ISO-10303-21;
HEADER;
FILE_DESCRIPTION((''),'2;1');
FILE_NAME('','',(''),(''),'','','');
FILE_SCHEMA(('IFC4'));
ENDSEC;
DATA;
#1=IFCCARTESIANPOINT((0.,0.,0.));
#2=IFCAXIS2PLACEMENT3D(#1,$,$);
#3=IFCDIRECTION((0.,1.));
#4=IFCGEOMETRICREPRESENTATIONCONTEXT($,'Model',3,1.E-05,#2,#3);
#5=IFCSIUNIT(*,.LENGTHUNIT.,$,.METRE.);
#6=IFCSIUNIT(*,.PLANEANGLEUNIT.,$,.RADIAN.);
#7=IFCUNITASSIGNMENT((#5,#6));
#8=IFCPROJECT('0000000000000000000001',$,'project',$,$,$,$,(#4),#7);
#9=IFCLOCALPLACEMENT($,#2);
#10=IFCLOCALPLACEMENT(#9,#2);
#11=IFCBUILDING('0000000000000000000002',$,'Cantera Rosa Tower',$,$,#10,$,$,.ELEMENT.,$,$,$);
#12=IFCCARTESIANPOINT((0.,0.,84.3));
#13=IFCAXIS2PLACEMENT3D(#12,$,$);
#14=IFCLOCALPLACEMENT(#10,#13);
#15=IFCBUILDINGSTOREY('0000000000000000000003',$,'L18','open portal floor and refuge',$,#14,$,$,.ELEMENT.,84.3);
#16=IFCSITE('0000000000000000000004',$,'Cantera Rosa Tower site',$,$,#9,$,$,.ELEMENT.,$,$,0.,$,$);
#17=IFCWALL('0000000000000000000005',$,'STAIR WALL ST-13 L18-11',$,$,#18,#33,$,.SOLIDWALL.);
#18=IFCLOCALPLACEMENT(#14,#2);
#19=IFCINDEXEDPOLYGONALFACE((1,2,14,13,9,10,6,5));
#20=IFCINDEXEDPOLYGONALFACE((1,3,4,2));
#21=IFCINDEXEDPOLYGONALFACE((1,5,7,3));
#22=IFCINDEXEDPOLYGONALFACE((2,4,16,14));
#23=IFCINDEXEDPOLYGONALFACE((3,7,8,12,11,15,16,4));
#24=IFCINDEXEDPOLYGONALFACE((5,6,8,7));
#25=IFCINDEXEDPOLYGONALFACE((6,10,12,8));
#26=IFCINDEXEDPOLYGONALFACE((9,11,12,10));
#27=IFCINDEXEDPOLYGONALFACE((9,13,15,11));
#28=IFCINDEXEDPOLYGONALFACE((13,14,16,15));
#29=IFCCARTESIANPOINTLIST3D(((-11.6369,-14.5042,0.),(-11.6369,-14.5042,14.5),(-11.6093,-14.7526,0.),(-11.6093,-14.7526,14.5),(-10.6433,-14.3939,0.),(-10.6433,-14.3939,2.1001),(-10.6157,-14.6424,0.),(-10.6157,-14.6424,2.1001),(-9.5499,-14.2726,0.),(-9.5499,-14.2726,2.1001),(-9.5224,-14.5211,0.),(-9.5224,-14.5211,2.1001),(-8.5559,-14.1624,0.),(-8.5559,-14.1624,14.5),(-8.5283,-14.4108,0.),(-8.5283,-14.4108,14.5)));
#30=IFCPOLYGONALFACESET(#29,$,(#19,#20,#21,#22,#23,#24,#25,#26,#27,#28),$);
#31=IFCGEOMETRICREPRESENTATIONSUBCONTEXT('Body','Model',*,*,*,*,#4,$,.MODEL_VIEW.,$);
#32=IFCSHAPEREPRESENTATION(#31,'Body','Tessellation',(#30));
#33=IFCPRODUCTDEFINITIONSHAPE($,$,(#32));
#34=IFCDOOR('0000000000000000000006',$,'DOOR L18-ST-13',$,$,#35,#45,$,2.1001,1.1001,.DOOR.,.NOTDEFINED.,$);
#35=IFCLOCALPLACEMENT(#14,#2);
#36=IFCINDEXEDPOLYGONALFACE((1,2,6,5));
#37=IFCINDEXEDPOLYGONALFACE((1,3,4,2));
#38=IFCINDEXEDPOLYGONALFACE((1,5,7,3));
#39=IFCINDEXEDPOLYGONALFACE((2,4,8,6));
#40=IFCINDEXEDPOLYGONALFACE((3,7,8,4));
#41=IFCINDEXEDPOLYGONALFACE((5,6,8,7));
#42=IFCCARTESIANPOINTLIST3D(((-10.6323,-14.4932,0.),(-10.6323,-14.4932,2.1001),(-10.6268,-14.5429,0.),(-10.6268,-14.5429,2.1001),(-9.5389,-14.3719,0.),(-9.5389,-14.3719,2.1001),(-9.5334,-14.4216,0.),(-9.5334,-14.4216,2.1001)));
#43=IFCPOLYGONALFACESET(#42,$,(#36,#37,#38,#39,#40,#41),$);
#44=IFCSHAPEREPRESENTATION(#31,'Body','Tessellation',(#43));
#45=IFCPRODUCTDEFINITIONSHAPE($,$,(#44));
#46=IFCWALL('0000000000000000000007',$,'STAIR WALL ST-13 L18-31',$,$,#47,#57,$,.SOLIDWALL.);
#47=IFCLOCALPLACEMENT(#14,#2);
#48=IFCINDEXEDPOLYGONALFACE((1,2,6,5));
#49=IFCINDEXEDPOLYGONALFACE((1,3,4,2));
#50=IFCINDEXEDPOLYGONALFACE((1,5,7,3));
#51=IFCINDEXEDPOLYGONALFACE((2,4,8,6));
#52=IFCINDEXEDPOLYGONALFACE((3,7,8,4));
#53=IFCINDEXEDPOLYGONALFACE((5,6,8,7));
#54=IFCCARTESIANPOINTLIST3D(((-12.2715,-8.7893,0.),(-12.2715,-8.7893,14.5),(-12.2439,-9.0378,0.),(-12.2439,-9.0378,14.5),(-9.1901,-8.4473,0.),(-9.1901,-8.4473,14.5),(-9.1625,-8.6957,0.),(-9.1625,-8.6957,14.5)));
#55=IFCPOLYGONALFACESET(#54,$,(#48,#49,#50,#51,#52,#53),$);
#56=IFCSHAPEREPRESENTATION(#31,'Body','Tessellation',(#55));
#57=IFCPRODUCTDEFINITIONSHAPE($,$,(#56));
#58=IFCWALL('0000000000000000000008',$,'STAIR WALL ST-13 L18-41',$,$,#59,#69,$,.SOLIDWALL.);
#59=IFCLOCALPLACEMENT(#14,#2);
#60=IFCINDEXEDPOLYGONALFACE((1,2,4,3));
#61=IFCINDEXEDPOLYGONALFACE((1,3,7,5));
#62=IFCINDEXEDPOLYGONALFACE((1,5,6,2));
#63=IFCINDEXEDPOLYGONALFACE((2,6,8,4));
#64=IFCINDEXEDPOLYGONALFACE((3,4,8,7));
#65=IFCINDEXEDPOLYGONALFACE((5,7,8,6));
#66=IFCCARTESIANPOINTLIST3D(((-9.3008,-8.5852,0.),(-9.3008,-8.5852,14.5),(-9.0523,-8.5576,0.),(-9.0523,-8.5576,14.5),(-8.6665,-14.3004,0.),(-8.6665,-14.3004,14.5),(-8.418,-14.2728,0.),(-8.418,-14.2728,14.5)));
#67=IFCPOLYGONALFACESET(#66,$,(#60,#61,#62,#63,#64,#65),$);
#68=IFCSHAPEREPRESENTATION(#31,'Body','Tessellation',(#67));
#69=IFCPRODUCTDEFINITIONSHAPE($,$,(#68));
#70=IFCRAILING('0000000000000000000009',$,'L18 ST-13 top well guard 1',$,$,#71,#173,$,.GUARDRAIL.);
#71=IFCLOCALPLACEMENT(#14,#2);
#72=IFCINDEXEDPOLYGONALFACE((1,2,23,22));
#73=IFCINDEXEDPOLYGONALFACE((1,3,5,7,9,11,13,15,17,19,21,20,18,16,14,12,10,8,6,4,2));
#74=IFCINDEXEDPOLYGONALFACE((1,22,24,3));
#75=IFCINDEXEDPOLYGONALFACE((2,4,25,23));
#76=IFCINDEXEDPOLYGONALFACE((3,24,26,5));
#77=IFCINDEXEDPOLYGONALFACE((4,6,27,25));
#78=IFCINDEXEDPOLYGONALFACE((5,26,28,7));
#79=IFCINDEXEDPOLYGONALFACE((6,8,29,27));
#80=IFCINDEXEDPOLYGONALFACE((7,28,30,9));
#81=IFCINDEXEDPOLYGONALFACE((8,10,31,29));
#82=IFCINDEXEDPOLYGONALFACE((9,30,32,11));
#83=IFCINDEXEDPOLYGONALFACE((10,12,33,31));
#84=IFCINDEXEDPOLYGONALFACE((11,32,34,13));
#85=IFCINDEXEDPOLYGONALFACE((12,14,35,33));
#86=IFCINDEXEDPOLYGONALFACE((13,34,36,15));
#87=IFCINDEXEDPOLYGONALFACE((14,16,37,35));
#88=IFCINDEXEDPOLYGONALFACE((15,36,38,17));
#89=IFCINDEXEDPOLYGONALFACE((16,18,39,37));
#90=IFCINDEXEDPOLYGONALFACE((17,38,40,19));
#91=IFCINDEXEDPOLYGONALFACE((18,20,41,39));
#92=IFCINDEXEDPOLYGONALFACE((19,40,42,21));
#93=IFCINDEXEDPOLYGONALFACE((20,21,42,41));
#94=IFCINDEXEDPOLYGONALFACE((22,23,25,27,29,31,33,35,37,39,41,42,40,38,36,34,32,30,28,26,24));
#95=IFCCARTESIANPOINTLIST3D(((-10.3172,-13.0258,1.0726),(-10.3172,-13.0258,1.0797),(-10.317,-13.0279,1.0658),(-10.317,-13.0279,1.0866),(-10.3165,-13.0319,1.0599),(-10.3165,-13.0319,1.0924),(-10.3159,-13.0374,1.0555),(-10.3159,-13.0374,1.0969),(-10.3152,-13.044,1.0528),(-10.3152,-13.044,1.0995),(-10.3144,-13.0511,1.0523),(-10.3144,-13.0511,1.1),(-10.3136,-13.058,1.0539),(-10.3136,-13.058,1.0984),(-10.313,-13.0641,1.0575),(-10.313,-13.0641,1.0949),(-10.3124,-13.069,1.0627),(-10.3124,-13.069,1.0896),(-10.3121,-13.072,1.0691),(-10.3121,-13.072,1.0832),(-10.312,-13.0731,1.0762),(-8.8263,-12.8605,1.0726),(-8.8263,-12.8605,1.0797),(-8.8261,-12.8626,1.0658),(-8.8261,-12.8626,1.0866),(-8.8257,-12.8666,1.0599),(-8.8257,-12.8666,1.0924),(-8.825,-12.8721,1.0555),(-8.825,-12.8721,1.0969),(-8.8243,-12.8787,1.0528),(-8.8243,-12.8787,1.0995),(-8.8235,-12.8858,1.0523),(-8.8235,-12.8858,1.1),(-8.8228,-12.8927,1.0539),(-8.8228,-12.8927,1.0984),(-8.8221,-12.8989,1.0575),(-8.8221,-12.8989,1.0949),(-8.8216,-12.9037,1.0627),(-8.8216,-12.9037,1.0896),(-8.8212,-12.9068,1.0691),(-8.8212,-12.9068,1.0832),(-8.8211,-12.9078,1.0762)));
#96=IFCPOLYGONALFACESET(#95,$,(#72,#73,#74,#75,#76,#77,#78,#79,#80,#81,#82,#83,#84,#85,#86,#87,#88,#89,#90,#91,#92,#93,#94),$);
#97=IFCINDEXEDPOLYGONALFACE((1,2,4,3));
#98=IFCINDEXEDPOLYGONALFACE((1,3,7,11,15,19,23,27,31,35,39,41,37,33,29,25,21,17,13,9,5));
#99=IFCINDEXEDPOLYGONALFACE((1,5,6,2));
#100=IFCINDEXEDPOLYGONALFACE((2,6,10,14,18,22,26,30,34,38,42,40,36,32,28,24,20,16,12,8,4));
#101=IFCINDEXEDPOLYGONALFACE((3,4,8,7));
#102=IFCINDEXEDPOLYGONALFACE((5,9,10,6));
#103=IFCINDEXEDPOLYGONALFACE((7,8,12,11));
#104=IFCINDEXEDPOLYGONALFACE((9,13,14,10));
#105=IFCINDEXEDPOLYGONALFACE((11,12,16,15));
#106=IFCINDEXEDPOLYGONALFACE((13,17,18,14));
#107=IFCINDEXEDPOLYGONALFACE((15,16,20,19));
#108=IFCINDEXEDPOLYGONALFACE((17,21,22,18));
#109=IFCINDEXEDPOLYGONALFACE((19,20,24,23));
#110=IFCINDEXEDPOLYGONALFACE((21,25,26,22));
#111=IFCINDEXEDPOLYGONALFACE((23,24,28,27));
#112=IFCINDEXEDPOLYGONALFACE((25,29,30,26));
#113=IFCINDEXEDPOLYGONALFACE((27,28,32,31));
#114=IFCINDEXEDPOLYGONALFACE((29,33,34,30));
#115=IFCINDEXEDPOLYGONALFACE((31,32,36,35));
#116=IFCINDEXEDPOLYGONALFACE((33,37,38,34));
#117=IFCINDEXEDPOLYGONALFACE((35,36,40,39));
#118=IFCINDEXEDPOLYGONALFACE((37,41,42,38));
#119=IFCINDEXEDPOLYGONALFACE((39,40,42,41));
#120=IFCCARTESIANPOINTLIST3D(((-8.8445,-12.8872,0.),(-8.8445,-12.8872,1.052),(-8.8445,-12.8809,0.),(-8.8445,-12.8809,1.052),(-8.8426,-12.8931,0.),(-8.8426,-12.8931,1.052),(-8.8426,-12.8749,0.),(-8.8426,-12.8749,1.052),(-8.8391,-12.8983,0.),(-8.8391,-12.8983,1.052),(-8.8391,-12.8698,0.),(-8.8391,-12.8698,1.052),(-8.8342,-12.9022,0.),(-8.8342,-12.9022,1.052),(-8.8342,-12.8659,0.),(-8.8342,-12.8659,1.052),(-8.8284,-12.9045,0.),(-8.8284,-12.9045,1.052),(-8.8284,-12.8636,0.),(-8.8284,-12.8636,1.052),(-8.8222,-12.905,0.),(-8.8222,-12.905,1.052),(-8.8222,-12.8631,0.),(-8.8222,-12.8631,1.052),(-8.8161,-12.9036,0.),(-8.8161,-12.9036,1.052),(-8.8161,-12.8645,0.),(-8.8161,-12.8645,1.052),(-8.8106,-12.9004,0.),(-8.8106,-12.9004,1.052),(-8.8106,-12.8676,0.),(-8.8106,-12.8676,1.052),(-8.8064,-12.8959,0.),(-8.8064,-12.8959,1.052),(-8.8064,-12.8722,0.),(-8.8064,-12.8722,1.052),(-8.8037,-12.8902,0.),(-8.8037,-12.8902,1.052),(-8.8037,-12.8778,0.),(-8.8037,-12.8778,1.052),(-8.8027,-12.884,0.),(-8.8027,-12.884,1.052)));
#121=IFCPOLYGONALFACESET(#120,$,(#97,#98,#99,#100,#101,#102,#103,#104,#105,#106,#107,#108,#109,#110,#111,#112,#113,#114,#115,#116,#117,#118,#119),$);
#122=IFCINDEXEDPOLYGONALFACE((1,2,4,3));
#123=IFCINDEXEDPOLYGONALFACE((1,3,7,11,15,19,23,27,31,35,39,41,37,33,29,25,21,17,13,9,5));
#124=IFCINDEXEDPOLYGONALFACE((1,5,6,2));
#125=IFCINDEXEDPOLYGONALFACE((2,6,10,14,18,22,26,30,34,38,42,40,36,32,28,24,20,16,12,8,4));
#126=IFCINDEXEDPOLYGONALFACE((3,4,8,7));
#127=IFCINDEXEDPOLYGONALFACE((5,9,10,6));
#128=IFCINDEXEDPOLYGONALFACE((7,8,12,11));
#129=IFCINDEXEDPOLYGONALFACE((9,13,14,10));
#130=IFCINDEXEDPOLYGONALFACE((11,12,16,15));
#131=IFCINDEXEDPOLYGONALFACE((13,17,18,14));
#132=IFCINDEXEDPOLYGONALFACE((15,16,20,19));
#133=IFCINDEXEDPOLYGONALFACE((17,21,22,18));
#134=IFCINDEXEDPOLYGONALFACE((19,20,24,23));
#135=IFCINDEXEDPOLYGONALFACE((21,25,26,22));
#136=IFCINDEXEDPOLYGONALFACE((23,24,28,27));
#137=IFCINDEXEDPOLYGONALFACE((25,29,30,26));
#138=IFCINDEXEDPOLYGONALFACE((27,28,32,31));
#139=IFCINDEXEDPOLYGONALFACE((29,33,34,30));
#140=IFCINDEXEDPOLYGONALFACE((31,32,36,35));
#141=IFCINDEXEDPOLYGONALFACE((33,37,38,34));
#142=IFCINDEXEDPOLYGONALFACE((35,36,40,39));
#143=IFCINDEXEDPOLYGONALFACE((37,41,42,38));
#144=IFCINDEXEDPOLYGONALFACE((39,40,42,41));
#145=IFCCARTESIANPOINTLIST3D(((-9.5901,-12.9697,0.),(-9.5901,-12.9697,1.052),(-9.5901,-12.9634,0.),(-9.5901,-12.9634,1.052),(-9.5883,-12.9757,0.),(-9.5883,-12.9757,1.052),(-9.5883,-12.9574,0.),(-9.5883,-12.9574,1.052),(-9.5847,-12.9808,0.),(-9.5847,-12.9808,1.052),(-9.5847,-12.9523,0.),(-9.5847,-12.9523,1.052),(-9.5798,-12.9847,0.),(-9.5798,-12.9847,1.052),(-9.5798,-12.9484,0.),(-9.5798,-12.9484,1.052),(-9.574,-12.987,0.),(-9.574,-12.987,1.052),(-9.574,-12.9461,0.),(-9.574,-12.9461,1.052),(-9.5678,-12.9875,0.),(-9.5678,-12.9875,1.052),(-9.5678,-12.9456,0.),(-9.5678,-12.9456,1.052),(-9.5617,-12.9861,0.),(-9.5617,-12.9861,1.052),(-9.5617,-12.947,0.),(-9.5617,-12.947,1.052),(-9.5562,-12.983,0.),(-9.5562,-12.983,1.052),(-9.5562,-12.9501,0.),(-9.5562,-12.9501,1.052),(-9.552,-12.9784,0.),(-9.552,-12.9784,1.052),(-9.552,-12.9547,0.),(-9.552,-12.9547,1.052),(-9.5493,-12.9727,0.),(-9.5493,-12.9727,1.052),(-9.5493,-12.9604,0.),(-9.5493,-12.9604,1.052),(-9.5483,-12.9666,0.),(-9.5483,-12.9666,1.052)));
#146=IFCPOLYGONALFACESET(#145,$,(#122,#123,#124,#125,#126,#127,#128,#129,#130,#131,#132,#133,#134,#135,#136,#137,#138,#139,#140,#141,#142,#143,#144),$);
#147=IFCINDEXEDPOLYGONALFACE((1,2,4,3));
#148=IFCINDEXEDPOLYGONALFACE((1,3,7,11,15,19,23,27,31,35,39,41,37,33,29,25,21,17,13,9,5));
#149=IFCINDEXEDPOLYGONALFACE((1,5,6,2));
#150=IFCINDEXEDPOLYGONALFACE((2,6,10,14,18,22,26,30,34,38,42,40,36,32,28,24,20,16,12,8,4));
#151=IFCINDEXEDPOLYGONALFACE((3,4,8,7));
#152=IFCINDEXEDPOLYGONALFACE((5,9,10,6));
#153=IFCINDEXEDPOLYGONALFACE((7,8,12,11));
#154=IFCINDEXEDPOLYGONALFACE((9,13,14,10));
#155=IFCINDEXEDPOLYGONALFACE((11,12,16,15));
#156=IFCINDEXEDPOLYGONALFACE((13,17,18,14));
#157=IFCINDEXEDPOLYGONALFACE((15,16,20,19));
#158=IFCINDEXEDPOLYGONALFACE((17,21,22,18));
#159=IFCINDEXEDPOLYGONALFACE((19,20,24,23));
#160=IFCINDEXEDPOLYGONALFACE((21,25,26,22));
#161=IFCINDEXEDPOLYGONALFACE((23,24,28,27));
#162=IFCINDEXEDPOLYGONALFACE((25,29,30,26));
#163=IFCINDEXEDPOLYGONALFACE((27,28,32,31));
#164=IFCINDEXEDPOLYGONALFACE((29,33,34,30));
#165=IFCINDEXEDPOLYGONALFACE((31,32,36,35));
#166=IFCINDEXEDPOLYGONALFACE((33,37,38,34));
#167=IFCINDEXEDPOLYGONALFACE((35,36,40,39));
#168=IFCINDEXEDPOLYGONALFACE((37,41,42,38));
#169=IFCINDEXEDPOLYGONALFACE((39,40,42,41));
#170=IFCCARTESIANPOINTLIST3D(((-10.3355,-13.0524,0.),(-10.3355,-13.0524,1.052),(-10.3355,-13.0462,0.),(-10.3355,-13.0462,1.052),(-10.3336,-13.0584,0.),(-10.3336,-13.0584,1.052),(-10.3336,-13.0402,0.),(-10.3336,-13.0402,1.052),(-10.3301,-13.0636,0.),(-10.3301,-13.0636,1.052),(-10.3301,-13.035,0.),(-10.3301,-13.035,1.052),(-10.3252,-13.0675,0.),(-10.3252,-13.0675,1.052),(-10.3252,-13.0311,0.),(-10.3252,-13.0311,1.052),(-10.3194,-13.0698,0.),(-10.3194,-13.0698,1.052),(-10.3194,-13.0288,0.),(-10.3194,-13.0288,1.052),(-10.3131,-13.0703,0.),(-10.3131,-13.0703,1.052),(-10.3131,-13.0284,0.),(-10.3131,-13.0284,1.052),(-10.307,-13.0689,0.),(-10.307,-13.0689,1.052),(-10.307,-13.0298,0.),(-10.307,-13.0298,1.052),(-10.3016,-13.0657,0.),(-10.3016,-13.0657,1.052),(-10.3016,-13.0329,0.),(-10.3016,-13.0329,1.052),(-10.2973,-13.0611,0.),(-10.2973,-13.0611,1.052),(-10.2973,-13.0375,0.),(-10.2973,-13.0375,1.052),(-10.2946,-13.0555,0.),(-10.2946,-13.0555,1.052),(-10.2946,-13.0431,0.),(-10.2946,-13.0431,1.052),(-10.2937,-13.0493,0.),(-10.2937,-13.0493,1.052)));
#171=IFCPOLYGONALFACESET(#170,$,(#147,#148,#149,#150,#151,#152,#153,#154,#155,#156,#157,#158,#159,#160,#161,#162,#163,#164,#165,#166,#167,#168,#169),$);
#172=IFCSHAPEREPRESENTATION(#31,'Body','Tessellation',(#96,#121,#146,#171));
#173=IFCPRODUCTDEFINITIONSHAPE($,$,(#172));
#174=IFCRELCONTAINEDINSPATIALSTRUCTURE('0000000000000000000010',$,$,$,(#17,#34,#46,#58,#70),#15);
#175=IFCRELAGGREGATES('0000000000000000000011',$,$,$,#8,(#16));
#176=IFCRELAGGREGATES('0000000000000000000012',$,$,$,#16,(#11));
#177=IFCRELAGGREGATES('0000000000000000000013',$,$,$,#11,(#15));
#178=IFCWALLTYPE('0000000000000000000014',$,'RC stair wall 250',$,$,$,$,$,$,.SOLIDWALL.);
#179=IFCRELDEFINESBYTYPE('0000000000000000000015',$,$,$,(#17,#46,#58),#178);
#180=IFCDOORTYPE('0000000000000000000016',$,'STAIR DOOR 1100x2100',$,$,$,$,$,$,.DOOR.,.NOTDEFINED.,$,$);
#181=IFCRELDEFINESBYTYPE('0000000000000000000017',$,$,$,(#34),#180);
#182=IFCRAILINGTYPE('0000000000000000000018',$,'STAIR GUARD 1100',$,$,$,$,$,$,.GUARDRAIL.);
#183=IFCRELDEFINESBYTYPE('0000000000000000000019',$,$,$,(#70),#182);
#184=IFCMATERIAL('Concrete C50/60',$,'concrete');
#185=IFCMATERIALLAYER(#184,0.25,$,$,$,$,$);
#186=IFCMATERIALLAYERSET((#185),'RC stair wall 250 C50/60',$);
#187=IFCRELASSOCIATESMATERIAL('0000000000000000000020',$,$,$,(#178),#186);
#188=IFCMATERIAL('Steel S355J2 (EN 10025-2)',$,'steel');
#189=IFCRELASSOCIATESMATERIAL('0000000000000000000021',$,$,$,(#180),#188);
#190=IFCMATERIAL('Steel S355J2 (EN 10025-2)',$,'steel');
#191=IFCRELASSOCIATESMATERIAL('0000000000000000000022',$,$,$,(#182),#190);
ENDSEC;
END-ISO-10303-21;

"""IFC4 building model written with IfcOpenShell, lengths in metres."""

from ifc_helpers import new_model, si_unit, direction, frame, frame_2d, origin, origin_2d, place, context, subcontext, project, spatial, rectangle, circle, extrude, material, layer, layer_set, type_object, element, fill, save


model = new_model("IFC4")

# Units and contexts
model_context = context("Model", 3, precision=1e-05, world=origin(), true_north=direction((0.0, 1.0)))
body_context = subcontext(model_context, "Body", "Model", "MODEL_VIEW")
ifc_project = project(units=[si_unit("LENGTHUNIT", "METRE"), si_unit("PLANEANGLEUNIT", "RADIAN")], contexts=[model_context])

# Site, building, storey
site_placement = place(None, origin())
site = spatial("IfcSite", under=ifc_project, at=site_placement, Name="Cantera Rosa Tower site", CompositionType="ELEMENT", RefElevation=0.0)
building_placement = place(site_placement, origin())
building = spatial("IfcBuilding", under=site, at=building_placement, Name="Cantera Rosa Tower", CompositionType="ELEMENT")
storey_placement = place(building_placement, frame((0.0, 0.0, 84.3)))
storey = spatial("IfcBuildingStorey", under=building, at=storey_placement, Name="L18", Description="open portal floor and refuge", CompositionType="ELEMENT", Elevation=84.3)

# Wall, opening, door
ifc_material_1 = material(Name="Concrete C50/60", Category="concrete")
ifc_layer_1 = layer(ifc_material_1, 0.25)
ifc_layer_set_1 = layer_set([ifc_layer_1], Name="RC stair wall 250 C50/60")
wall_type_1 = type_object("IfcWallType", Name="RC stair wall 250", PredefinedType="SOLIDWALL", material=ifc_layer_set_1)
wall_1_placement = place(storey_placement, frame((-8.5422, -14.2866, 0.0), z_axis=(0.0, 0.0, 1.0), x_axis=(-0.993903, -0.110259, 0.0)))
wall_1 = element("IfcWall", 1, at=wall_1_placement, inside=storey, type_object=wall_type_1, Name="STAIR WALL ST-13 L18-11", PredefinedType="SOLIDWALL", context=body_context, shape_type="SweptSolid", body=[
    extrude(rectangle(XDim=3.0999, YDim=0.25, at=frame_2d((1.5498, 0.0))), origin(), (0.0, 0.0, 1.0), 14.5),
])
opening_placement = place(wall_1_placement, frame((1.0, 0.0, 0.0)))
opening = element("IfcOpeningElement", 2, at=opening_placement, cuts=wall_1, PredefinedType="OPENING", context=body_context, shape_type="SweptSolid", body=[
    extrude(rectangle(XDim=1.1001, YDim=2.1001, at=frame_2d((0.55, 1.05))), frame((0.0, 0.135, 0.0), z_axis=(0.0, -1.0, 0.0), x_axis=(1.0, 0.0, 0.0)), (0.0, 0.0, 1.0), 0.27),
])
ifc_material_2 = material(Name="Steel S355J2 (EN 10025-2)", Category="steel")
door_type = type_object("IfcDoorType", Name="STAIR DOOR 1100x2100", OperationType="NOTDEFINED", PredefinedType="DOOR", material=ifc_material_2)
door_placement = place(opening_placement, origin())
door = element("IfcDoor", 3, at=door_placement, inside=storey, type_object=door_type, Name="DOOR L18-ST-13", OperationType="NOTDEFINED", OverallHeight=2.1001, OverallWidth=1.1001, PredefinedType="DOOR", context=body_context, shape_type="SweptSolid", body=[
    extrude(rectangle(XDim=1.1001, YDim=2.1001, at=frame_2d((0.55, 1.05))), frame((0.0, 0.0249, 0.0), z_axis=(0.0, -1.0, 0.0), x_axis=(1.0, 0.0, 0.0)), (0.0, 0.0, 1.0), 0.05),
])
fill(opening, door)

# Walls
wall_2_placement = place(storey_placement, frame((-12.2578, -8.9136, 0.0), z_axis=(0.0, 0.0, 1.0), x_axis=(0.993895, 0.110328, 0.0)))
element("IfcWall", 4, at=wall_2_placement, inside=storey, type_object=wall_type_1, Name="STAIR WALL ST-13 L18-31", PredefinedType="SOLIDWALL", context=body_context, shape_type="SweptSolid", body=[
    extrude(rectangle(XDim=3.1003, YDim=0.25, at=frame_2d((1.5503, 0.0))), origin(), (0.0, 0.0, 1.0), 14.5),
])
wall_3_placement = place(storey_placement, frame((-9.1765, -8.5715, 0.0), z_axis=(0.0, 0.0, 1.0), x_axis=(0.110306, -0.993898, 0.0)))
element("IfcWall", 5, at=wall_3_placement, inside=storey, type_object=wall_type_1, Name="STAIR WALL ST-13 L18-41", PredefinedType="SOLIDWALL", context=body_context, shape_type="SweptSolid", body=[
    extrude(rectangle(XDim=5.7502, YDim=0.25, at=frame_2d((2.875, 0.0))), origin(), (0.0, 0.0, 1.0), 14.5),
])

# Railing
ifc_material_3 = material(Name="Steel S355J2 (EN 10025-2)", Category="steel")
railing_type = type_object("IfcRailingType", Name="STAIR GUARD 1100", PredefinedType="GUARDRAIL", material=ifc_material_3)
railing_1_placement = place(storey_placement, frame((-8.8237, -12.884, 0.0)))
element("IfcRailing", 6, at=railing_1_placement, inside=storey, type_object=railing_type, Name="L18 ST-13 top well guard 1", PredefinedType="GUARDRAIL", context=body_context, shape_type="SweptSolid", body=[
    extrude(circle(Radius=0.0239, at=origin_2d()), frame((0.0, 0.0, 1.0762), z_axis=(-0.993911, -0.110181, 0.0), x_axis=(0.110181, -0.993911, 0.0)), (0.0, 0.0, 1.0), 1.5),
    extrude(circle(Radius=0.021, at=origin_2d()), origin(), (0.0, 0.0, 1.0), 1.052),
    extrude(circle(Radius=0.021, at=origin_2d()), frame((-0.7456, -0.0825, 0.0)), (0.0, 0.0, 1.0), 1.052),
    extrude(circle(Radius=0.021, at=origin_2d()), frame((-1.491, -0.1653, 0.0)), (0.0, 0.0, 1.0), 1.052),
])

save(model, "model.ifc")
